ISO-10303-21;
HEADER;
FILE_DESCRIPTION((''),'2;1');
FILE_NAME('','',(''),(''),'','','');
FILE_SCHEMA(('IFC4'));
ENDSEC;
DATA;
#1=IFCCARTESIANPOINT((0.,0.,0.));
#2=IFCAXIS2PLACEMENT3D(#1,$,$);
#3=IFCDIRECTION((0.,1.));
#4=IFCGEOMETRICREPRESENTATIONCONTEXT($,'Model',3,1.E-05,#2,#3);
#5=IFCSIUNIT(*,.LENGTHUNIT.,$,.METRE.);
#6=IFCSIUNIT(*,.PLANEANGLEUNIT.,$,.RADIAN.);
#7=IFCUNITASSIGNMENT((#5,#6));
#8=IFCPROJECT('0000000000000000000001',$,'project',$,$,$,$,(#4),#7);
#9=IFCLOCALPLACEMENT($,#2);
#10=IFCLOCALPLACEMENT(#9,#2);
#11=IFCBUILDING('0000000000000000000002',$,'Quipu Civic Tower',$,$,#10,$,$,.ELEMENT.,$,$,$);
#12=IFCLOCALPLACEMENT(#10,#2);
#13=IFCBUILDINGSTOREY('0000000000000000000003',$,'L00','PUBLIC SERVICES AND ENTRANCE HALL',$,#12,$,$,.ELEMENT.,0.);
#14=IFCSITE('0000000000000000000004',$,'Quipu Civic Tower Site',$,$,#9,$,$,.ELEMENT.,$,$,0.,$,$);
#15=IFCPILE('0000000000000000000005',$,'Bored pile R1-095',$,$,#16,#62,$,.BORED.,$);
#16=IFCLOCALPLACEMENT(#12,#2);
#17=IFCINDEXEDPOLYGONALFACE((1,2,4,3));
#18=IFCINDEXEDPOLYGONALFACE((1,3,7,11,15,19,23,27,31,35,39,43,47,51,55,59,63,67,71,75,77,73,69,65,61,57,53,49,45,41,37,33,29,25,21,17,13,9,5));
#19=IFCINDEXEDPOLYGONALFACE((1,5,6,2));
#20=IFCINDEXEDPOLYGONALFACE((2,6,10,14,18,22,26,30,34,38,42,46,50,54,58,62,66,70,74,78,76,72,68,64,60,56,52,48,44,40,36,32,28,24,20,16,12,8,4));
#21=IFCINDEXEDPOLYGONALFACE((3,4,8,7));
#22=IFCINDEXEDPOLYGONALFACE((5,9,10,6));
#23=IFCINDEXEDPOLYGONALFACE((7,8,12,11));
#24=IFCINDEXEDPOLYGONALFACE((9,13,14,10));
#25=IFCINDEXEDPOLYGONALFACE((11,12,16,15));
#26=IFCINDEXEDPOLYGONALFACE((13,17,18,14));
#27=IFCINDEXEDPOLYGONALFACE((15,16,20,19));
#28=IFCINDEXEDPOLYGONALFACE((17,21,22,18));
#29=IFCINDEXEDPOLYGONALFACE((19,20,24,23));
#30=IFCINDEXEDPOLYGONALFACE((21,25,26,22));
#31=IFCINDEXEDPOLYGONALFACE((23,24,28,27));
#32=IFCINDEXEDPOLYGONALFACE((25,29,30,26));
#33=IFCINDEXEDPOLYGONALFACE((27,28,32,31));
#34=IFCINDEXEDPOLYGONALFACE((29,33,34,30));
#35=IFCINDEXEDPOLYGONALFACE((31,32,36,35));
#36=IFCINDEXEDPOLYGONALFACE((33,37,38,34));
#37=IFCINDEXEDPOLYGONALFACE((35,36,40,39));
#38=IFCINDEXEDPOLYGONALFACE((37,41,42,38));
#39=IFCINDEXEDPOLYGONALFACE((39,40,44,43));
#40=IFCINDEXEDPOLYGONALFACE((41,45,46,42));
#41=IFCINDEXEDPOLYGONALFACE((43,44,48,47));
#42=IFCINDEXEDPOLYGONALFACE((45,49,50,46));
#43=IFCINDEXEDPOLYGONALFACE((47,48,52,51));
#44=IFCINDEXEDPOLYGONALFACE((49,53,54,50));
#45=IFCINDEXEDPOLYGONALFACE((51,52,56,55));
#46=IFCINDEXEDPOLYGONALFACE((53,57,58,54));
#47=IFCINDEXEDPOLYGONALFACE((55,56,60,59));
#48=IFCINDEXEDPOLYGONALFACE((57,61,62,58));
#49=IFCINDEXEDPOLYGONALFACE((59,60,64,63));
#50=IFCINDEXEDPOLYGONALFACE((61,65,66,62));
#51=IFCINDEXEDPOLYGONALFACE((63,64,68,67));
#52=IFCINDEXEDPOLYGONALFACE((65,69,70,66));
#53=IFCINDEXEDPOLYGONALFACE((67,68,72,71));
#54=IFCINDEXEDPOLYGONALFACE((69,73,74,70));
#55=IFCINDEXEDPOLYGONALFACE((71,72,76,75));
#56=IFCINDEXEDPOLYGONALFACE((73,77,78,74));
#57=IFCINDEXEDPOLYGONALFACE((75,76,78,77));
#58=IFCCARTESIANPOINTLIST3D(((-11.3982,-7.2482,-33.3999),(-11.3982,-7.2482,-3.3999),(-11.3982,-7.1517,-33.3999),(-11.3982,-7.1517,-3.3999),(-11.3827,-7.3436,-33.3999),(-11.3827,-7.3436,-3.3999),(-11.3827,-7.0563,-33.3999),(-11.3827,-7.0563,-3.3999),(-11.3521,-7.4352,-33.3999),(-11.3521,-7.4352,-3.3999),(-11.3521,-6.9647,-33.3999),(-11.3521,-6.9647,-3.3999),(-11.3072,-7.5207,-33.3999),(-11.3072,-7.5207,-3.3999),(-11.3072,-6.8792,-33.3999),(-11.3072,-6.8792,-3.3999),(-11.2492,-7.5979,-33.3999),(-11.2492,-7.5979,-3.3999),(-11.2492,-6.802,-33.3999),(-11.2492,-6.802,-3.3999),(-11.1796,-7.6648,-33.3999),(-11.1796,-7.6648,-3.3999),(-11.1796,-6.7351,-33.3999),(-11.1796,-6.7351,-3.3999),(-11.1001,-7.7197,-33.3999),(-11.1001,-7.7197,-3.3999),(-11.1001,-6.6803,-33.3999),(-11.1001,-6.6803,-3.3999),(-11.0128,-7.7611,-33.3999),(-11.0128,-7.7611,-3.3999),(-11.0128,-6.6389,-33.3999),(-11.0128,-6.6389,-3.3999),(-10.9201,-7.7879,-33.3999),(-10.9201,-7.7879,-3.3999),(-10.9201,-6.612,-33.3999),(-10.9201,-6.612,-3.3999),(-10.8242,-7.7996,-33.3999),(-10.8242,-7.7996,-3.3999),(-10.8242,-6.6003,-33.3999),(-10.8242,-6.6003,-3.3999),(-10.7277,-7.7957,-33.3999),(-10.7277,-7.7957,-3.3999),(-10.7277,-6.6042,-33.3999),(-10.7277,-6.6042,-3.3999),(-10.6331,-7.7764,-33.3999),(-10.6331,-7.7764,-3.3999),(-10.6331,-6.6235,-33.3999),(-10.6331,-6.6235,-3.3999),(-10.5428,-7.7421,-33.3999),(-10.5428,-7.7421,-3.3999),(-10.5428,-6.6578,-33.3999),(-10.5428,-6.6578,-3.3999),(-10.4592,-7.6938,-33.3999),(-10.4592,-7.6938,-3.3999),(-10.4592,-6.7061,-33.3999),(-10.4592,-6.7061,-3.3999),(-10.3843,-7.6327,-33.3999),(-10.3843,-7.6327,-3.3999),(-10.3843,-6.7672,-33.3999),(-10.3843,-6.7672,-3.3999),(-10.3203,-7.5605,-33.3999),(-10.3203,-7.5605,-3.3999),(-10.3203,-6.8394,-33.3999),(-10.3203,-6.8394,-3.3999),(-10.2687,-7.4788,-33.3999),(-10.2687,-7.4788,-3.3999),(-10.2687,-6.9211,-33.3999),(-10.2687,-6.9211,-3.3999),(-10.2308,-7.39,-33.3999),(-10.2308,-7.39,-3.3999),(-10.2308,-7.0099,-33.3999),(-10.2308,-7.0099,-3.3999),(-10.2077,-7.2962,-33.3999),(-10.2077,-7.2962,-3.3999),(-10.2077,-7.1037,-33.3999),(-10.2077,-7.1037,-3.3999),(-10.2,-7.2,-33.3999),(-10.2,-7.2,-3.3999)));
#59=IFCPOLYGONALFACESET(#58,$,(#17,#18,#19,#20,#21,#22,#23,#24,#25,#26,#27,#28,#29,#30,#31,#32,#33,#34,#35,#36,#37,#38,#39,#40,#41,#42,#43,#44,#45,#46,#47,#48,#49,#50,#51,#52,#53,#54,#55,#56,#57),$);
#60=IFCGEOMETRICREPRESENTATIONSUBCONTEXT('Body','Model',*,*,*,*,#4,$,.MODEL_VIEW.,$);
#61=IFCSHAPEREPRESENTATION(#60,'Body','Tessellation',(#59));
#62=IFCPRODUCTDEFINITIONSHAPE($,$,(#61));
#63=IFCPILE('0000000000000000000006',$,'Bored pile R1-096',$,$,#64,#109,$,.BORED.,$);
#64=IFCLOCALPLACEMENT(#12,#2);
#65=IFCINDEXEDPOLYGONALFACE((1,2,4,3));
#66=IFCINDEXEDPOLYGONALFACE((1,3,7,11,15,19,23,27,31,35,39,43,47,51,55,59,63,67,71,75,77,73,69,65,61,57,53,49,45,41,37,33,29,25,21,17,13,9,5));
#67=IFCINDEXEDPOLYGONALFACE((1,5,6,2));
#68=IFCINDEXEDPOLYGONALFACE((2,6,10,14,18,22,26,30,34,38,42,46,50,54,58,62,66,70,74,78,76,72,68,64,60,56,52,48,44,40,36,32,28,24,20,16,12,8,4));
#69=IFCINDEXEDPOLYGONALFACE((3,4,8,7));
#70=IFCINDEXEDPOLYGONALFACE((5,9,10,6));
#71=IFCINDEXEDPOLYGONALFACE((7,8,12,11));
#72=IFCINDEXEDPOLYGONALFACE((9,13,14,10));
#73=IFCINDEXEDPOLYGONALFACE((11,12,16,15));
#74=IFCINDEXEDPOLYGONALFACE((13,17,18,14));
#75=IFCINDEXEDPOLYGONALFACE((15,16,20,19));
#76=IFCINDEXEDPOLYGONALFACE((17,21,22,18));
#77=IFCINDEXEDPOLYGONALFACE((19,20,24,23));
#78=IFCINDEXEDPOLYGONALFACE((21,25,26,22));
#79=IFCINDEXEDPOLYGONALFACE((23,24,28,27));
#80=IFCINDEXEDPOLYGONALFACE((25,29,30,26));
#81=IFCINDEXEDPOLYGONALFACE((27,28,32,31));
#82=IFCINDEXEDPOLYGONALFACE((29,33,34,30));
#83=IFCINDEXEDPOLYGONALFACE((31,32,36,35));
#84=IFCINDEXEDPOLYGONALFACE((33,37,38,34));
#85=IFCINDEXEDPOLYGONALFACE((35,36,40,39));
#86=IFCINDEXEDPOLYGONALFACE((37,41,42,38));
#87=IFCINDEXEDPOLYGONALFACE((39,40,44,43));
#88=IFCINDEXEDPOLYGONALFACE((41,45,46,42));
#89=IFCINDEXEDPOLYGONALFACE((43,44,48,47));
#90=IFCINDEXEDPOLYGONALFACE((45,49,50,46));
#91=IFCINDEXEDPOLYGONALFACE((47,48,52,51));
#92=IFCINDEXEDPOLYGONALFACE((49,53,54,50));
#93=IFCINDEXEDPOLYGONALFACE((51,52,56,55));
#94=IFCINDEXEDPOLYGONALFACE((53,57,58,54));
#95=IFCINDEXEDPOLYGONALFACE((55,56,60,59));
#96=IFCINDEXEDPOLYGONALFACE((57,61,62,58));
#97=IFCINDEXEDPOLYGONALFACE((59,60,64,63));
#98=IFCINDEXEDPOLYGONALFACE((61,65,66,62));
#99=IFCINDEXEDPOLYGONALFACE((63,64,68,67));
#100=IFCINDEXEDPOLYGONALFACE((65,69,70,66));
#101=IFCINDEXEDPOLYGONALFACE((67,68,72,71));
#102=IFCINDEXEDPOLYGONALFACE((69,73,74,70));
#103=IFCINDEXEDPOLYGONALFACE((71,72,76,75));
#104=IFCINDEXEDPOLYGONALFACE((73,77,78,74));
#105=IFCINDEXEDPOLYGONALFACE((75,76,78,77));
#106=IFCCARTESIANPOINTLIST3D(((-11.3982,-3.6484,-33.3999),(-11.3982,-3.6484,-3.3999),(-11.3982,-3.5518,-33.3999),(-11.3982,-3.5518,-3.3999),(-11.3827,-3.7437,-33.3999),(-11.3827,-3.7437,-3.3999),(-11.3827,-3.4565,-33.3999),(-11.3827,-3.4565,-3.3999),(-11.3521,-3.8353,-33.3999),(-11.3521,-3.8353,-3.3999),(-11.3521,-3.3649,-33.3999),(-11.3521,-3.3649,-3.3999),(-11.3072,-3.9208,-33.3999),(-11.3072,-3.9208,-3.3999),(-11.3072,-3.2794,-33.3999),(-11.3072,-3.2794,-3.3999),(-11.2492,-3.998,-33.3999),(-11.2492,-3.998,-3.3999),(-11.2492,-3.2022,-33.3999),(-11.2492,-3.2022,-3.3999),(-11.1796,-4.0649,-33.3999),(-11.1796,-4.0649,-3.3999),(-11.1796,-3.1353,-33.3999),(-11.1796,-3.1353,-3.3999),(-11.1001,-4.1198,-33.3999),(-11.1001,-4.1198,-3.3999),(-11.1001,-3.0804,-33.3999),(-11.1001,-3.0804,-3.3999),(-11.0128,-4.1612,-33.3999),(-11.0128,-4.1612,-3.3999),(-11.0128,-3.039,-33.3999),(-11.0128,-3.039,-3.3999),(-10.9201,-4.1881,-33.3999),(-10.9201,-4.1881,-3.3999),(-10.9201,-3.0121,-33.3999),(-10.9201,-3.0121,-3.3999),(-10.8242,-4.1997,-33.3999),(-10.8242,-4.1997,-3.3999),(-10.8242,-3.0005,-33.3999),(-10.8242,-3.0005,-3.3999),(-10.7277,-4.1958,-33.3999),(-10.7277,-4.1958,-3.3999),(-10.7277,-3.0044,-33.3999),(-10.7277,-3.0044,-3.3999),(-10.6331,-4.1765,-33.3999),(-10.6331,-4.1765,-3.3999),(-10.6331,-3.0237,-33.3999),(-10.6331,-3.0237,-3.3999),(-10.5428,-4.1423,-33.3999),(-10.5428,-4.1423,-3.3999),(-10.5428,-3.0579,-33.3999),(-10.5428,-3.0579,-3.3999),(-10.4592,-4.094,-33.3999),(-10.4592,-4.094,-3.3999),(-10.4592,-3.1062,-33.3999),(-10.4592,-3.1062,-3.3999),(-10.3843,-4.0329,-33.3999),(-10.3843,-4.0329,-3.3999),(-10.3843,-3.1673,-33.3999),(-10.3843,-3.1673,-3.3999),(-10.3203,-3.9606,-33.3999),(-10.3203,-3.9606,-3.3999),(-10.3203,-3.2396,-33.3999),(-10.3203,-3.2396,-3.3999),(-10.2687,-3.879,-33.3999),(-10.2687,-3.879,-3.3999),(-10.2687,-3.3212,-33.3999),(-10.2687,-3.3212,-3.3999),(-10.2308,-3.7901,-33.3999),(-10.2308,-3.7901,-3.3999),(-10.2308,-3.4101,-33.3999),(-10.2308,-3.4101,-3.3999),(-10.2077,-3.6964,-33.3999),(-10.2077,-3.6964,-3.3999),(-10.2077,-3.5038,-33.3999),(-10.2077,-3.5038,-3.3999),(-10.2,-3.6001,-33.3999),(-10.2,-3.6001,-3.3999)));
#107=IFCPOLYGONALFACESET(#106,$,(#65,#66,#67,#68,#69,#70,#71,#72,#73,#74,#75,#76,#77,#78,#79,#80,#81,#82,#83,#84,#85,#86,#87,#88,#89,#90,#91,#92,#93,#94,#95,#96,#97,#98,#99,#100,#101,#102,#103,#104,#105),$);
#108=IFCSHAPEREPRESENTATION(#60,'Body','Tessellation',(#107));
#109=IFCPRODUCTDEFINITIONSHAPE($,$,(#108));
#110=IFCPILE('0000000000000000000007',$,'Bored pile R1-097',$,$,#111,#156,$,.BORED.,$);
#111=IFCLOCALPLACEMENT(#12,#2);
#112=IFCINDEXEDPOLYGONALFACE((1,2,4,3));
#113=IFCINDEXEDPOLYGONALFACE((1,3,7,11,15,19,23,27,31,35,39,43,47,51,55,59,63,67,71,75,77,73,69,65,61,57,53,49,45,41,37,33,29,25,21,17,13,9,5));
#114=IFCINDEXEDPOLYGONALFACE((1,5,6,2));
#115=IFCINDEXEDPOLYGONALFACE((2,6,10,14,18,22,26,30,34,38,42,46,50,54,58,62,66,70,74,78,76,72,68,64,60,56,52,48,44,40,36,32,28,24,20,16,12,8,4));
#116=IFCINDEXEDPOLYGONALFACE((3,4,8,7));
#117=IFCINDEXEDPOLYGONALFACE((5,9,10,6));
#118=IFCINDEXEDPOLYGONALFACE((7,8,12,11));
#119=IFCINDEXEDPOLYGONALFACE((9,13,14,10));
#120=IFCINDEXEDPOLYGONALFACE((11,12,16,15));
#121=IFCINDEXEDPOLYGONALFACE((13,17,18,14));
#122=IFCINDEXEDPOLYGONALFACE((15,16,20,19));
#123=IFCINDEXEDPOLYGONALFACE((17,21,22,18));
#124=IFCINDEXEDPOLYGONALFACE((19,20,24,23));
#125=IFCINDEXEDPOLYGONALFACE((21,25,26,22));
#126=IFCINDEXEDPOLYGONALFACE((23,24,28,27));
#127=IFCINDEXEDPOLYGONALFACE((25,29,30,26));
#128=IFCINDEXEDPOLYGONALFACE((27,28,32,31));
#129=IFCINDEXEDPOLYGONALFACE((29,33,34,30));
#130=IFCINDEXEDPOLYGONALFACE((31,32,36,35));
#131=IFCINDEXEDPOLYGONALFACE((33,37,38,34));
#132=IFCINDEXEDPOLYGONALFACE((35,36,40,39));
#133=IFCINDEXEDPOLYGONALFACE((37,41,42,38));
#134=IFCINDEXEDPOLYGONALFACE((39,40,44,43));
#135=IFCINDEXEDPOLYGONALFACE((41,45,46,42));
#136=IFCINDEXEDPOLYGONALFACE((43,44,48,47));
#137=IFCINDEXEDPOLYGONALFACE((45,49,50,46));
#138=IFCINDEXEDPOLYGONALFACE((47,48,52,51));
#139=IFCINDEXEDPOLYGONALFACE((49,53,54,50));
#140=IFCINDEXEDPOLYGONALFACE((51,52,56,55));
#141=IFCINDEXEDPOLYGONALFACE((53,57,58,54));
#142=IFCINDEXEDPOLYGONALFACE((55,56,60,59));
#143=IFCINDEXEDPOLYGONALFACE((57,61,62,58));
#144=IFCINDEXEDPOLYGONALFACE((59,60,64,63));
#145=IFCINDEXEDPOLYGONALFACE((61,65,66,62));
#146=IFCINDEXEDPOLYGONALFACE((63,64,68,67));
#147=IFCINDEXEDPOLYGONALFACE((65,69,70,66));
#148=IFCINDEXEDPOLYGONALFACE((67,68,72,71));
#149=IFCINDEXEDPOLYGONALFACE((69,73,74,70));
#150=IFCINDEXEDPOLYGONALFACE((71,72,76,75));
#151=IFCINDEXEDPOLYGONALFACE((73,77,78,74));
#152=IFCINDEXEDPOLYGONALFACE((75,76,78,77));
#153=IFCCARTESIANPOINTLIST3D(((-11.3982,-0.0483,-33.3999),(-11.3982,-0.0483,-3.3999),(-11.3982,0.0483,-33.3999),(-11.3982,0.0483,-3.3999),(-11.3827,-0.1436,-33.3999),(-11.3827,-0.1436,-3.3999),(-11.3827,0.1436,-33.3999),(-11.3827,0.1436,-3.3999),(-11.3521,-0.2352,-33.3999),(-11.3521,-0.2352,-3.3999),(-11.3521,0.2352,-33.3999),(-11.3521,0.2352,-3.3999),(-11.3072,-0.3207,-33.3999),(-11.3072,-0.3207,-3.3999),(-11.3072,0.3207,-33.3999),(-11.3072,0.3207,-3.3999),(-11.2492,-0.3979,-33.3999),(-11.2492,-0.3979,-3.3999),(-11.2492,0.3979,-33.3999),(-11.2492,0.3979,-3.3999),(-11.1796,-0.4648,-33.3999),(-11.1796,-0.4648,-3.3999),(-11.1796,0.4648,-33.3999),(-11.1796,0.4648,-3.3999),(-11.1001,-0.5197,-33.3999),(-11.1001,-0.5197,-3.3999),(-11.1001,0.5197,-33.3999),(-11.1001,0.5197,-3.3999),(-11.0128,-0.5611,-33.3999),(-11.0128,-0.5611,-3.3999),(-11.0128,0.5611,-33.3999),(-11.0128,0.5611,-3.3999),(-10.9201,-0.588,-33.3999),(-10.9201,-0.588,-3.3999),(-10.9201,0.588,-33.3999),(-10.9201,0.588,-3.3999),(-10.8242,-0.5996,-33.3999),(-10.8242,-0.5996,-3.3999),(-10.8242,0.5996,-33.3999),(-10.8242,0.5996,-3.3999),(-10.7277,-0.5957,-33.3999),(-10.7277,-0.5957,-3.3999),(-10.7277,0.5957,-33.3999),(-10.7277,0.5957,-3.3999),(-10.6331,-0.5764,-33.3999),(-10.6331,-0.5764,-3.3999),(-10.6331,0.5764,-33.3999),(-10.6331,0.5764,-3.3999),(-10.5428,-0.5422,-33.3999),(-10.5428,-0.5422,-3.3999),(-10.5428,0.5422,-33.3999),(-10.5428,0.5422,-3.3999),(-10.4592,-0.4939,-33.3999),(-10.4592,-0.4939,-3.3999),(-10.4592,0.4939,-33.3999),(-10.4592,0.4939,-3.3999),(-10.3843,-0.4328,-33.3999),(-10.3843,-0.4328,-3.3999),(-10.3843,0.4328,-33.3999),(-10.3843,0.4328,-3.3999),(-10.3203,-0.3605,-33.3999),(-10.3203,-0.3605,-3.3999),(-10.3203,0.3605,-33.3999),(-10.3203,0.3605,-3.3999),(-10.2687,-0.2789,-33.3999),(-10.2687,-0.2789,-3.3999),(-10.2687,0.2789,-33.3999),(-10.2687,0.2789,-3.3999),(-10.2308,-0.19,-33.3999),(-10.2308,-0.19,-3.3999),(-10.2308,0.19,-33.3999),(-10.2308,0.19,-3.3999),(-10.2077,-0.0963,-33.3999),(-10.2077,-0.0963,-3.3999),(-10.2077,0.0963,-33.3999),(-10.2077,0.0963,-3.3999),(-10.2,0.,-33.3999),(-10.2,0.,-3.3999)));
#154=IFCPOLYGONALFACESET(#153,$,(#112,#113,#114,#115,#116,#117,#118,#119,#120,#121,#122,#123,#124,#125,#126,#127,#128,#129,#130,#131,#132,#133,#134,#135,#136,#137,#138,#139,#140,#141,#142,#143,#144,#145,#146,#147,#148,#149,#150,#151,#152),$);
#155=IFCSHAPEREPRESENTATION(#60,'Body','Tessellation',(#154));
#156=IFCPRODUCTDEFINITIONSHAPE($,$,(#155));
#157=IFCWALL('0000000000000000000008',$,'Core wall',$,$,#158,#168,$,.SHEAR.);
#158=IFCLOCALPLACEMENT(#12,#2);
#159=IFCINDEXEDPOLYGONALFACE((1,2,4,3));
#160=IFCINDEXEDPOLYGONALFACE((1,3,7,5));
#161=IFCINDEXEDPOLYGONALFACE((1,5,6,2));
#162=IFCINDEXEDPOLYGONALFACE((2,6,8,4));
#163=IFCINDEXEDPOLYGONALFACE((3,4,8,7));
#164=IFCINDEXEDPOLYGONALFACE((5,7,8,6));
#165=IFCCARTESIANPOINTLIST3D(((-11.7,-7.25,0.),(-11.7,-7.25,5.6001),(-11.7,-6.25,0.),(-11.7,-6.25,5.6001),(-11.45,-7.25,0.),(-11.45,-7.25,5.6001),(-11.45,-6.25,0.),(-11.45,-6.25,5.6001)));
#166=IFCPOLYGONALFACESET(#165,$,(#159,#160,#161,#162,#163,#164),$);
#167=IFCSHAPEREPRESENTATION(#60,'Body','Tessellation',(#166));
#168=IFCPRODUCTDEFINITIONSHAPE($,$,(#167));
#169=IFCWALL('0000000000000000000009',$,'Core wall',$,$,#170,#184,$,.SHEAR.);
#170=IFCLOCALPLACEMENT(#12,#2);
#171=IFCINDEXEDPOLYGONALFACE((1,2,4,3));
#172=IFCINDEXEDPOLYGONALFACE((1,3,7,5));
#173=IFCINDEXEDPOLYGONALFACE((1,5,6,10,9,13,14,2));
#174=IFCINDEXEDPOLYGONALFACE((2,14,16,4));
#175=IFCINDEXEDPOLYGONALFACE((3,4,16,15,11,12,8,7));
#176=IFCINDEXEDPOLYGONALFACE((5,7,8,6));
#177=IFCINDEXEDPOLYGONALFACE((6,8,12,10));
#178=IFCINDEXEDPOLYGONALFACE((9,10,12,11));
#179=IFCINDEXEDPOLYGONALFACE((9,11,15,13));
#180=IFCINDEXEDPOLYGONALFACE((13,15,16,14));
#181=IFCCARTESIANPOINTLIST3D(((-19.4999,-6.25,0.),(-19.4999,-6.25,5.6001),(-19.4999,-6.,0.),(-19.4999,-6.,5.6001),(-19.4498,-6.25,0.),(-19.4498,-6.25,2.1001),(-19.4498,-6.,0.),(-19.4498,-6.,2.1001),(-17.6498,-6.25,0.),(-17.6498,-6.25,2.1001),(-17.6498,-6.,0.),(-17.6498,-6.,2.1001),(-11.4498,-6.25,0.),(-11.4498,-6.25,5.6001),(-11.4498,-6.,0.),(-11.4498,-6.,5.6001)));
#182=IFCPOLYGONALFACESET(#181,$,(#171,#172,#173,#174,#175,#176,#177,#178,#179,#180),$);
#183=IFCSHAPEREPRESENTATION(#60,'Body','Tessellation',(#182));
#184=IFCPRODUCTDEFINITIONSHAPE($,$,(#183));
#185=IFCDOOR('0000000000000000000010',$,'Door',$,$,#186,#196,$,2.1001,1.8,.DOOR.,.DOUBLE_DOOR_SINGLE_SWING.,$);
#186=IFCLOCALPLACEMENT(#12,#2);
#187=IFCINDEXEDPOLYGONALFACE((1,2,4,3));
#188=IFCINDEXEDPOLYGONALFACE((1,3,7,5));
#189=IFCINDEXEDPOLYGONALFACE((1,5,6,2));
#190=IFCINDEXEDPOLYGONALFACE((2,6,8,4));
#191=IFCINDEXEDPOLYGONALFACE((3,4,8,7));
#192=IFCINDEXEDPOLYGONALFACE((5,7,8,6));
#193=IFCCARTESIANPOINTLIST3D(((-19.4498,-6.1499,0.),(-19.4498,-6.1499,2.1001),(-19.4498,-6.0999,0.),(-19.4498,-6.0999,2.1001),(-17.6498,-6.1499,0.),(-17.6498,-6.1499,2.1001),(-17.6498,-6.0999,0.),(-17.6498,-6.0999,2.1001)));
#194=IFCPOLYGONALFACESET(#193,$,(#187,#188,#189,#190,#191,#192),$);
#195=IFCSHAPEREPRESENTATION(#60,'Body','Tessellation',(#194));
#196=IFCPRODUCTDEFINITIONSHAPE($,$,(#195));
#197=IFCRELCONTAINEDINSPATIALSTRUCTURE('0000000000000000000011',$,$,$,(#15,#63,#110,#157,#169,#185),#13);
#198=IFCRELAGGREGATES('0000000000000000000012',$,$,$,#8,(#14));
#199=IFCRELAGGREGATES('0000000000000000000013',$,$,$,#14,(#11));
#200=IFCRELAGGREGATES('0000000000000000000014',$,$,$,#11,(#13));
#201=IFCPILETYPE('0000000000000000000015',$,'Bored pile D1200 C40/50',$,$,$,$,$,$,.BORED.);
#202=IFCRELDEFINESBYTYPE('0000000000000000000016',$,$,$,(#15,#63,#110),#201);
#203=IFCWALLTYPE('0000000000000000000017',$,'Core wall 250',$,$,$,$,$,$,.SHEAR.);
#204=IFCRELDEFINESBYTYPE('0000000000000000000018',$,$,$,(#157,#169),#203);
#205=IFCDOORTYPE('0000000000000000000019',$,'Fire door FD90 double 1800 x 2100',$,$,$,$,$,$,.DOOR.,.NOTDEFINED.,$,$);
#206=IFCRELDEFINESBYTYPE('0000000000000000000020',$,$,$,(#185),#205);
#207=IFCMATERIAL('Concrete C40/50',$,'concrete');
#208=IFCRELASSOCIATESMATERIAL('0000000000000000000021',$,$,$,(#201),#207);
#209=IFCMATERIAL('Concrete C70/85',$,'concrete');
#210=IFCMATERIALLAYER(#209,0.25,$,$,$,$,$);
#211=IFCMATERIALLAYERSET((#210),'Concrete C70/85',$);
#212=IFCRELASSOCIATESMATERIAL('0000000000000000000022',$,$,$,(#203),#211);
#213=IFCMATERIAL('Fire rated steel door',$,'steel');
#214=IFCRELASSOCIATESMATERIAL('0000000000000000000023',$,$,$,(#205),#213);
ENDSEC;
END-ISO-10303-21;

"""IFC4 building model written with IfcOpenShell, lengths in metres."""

from ifc_helpers import new_model, si_unit, direction, frame, frame_2d, origin, origin_2d, place, context, subcontext, project, spatial, rectangle, circle, extrude, material, layer, layer_set, material_profile, profile_set, type_object, element, fill, save


model = new_model("IFC4")

# Units and contexts
model_context = context("Model", 3, precision=1e-05, world=origin(), true_north=direction((0.0, 1.0)))
body_context = subcontext(model_context, "Body", "Model", "MODEL_VIEW")
ifc_project = project(units=[si_unit("LENGTHUNIT", "METRE"), si_unit("PLANEANGLEUNIT", "RADIAN")], contexts=[model_context])

# Site, building, storey
site_placement = place(None, origin())
site = spatial("IfcSite", under=ifc_project, at=site_placement, Name="Quipu Civic Tower Site", CompositionType="ELEMENT", RefElevation=0.0)
building_placement = place(site_placement, origin())
building = spatial("IfcBuilding", under=site, at=building_placement, Name="Quipu Civic Tower", CompositionType="ELEMENT")
storey_placement = place(building_placement, origin())
storey = spatial("IfcBuildingStorey", under=building, at=storey_placement, Name="L00", Description="PUBLIC SERVICES AND ENTRANCE HALL", CompositionType="ELEMENT", Elevation=0.0)

# Piles
ifc_material_1 = material(Name="Concrete C40/50", Category="concrete")
ifc_material_profile = material_profile(ifc_material_1, circle(Radius=0.6001, at=origin_2d()), Name="RCD1200")
ifc_profile_set = profile_set([ifc_material_profile], Name="Concrete C40/50")
pile_type = type_object("IfcPileType", Name="Bored pile D1200 C40/50", PredefinedType="BORED", material=ifc_profile_set)
for number, where, z_axis, x_axis, name in (
    (1, (-10.8, -7.2, -3.3999), (0.0, 0.0, -1.0), (1.0, 0.0, 0.0), "Bored pile R1-095"),
    (2, (-10.8, -3.6001, -3.3999), (0.0, 0.0, -1.0), (1.0, 0.0, 0.0), "Bored pile R1-096"),
    (3, (-10.8, 0.0, -3.3999), (0.0, 0.0, -1.0), (1.0, 0.0, 0.0), "Bored pile R1-097"),
):
    element("IfcPile", number, at=place(storey_placement, frame(where, z_axis=z_axis, x_axis=x_axis)), inside=storey, type_object=pile_type, Name=name, PredefinedType="BORED", context=body_context, shape_type="SweptSolid", body=[
        extrude(circle(Radius=0.6001, at=origin_2d()), origin(), (0.0, 0.0, 1.0), 30.0),
    ])

# Wall
ifc_material_2 = material(Name="Concrete C70/85", Category="concrete")
ifc_layer_1 = layer(ifc_material_2, 0.25)
ifc_layer_set_1 = layer_set([ifc_layer_1], Name="Concrete C70/85")
wall_type_1 = type_object("IfcWallType", Name="Core wall 250", PredefinedType="SHEAR", material=ifc_layer_set_1)
wall_1_placement = place(storey_placement, frame((-11.575, -7.25, 0.0), z_axis=(0.0, 0.0, 1.0), x_axis=(0.0, 1.0, 0.0)))
element("IfcWall", 4, at=wall_1_placement, inside=storey, type_object=wall_type_1, Name="Core wall", PredefinedType="SHEAR", context=body_context, shape_type="SweptSolid", body=[
    extrude(rectangle(XDim=1.0, YDim=0.25, at=frame_2d((0.5, 0.0))), origin(), (0.0, 0.0, 1.0), 5.6001),
])

# Wall, opening, door
wall_2_placement = place(storey_placement, frame((-11.45, -6.125, 0.0), z_axis=(0.0, 0.0, 1.0), x_axis=(-1.0, 0.0, 0.0)))
wall_2 = element("IfcWall", 5, at=wall_2_placement, inside=storey, type_object=wall_type_1, Name="Core wall", PredefinedType="SHEAR", context=body_context, shape_type="SweptSolid", body=[
    extrude(rectangle(XDim=8.05, YDim=0.25, at=frame_2d((4.0249, 0.0))), origin(), (0.0, 0.0, 1.0), 5.6001),
])
opening_1_placement = place(wall_2_placement, frame((6.2, 0.0, 0.0)))
opening_1 = element("IfcOpeningElement", 6, at=opening_1_placement, cuts=wall_2, PredefinedType="OPENING", context=body_context, shape_type="SweptSolid", body=[
    extrude(rectangle(XDim=1.8, YDim=2.1001, at=frame_2d((0.8999, 1.05))), frame((0.0, 0.135, 0.0), z_axis=(0.0, -1.0, 0.0), x_axis=(1.0, 0.0, 0.0)), (0.0, 0.0, 1.0), 0.27),
])
ifc_material_3 = material(Name="Fire rated steel door", Category="steel")
door_type_1 = type_object("IfcDoorType", Name="Fire door FD90 double 1800 x 2100", OperationType="NOTDEFINED", PredefinedType="DOOR", material=ifc_material_3)
door_1_placement = place(opening_1_placement, origin())
door_1 = element("IfcDoor", 7, at=door_1_placement, inside=storey, type_object=door_type_1, Name="Door", OperationType="DOUBLE_DOOR_SINGLE_SWING", OverallHeight=2.1001, OverallWidth=1.8, PredefinedType="DOOR", context=body_context, shape_type="SweptSolid", body=[
    extrude(rectangle(XDim=1.8, YDim=2.1001, at=frame_2d((0.8999, 1.05))), frame((0.0, 0.0249, 0.0), z_axis=(0.0, -1.0, 0.0), x_axis=(1.0, 0.0, 0.0)), (0.0, 0.0, 1.0), 0.05),
])
fill(opening_1, door_1)

save(model, "model.ifc")
